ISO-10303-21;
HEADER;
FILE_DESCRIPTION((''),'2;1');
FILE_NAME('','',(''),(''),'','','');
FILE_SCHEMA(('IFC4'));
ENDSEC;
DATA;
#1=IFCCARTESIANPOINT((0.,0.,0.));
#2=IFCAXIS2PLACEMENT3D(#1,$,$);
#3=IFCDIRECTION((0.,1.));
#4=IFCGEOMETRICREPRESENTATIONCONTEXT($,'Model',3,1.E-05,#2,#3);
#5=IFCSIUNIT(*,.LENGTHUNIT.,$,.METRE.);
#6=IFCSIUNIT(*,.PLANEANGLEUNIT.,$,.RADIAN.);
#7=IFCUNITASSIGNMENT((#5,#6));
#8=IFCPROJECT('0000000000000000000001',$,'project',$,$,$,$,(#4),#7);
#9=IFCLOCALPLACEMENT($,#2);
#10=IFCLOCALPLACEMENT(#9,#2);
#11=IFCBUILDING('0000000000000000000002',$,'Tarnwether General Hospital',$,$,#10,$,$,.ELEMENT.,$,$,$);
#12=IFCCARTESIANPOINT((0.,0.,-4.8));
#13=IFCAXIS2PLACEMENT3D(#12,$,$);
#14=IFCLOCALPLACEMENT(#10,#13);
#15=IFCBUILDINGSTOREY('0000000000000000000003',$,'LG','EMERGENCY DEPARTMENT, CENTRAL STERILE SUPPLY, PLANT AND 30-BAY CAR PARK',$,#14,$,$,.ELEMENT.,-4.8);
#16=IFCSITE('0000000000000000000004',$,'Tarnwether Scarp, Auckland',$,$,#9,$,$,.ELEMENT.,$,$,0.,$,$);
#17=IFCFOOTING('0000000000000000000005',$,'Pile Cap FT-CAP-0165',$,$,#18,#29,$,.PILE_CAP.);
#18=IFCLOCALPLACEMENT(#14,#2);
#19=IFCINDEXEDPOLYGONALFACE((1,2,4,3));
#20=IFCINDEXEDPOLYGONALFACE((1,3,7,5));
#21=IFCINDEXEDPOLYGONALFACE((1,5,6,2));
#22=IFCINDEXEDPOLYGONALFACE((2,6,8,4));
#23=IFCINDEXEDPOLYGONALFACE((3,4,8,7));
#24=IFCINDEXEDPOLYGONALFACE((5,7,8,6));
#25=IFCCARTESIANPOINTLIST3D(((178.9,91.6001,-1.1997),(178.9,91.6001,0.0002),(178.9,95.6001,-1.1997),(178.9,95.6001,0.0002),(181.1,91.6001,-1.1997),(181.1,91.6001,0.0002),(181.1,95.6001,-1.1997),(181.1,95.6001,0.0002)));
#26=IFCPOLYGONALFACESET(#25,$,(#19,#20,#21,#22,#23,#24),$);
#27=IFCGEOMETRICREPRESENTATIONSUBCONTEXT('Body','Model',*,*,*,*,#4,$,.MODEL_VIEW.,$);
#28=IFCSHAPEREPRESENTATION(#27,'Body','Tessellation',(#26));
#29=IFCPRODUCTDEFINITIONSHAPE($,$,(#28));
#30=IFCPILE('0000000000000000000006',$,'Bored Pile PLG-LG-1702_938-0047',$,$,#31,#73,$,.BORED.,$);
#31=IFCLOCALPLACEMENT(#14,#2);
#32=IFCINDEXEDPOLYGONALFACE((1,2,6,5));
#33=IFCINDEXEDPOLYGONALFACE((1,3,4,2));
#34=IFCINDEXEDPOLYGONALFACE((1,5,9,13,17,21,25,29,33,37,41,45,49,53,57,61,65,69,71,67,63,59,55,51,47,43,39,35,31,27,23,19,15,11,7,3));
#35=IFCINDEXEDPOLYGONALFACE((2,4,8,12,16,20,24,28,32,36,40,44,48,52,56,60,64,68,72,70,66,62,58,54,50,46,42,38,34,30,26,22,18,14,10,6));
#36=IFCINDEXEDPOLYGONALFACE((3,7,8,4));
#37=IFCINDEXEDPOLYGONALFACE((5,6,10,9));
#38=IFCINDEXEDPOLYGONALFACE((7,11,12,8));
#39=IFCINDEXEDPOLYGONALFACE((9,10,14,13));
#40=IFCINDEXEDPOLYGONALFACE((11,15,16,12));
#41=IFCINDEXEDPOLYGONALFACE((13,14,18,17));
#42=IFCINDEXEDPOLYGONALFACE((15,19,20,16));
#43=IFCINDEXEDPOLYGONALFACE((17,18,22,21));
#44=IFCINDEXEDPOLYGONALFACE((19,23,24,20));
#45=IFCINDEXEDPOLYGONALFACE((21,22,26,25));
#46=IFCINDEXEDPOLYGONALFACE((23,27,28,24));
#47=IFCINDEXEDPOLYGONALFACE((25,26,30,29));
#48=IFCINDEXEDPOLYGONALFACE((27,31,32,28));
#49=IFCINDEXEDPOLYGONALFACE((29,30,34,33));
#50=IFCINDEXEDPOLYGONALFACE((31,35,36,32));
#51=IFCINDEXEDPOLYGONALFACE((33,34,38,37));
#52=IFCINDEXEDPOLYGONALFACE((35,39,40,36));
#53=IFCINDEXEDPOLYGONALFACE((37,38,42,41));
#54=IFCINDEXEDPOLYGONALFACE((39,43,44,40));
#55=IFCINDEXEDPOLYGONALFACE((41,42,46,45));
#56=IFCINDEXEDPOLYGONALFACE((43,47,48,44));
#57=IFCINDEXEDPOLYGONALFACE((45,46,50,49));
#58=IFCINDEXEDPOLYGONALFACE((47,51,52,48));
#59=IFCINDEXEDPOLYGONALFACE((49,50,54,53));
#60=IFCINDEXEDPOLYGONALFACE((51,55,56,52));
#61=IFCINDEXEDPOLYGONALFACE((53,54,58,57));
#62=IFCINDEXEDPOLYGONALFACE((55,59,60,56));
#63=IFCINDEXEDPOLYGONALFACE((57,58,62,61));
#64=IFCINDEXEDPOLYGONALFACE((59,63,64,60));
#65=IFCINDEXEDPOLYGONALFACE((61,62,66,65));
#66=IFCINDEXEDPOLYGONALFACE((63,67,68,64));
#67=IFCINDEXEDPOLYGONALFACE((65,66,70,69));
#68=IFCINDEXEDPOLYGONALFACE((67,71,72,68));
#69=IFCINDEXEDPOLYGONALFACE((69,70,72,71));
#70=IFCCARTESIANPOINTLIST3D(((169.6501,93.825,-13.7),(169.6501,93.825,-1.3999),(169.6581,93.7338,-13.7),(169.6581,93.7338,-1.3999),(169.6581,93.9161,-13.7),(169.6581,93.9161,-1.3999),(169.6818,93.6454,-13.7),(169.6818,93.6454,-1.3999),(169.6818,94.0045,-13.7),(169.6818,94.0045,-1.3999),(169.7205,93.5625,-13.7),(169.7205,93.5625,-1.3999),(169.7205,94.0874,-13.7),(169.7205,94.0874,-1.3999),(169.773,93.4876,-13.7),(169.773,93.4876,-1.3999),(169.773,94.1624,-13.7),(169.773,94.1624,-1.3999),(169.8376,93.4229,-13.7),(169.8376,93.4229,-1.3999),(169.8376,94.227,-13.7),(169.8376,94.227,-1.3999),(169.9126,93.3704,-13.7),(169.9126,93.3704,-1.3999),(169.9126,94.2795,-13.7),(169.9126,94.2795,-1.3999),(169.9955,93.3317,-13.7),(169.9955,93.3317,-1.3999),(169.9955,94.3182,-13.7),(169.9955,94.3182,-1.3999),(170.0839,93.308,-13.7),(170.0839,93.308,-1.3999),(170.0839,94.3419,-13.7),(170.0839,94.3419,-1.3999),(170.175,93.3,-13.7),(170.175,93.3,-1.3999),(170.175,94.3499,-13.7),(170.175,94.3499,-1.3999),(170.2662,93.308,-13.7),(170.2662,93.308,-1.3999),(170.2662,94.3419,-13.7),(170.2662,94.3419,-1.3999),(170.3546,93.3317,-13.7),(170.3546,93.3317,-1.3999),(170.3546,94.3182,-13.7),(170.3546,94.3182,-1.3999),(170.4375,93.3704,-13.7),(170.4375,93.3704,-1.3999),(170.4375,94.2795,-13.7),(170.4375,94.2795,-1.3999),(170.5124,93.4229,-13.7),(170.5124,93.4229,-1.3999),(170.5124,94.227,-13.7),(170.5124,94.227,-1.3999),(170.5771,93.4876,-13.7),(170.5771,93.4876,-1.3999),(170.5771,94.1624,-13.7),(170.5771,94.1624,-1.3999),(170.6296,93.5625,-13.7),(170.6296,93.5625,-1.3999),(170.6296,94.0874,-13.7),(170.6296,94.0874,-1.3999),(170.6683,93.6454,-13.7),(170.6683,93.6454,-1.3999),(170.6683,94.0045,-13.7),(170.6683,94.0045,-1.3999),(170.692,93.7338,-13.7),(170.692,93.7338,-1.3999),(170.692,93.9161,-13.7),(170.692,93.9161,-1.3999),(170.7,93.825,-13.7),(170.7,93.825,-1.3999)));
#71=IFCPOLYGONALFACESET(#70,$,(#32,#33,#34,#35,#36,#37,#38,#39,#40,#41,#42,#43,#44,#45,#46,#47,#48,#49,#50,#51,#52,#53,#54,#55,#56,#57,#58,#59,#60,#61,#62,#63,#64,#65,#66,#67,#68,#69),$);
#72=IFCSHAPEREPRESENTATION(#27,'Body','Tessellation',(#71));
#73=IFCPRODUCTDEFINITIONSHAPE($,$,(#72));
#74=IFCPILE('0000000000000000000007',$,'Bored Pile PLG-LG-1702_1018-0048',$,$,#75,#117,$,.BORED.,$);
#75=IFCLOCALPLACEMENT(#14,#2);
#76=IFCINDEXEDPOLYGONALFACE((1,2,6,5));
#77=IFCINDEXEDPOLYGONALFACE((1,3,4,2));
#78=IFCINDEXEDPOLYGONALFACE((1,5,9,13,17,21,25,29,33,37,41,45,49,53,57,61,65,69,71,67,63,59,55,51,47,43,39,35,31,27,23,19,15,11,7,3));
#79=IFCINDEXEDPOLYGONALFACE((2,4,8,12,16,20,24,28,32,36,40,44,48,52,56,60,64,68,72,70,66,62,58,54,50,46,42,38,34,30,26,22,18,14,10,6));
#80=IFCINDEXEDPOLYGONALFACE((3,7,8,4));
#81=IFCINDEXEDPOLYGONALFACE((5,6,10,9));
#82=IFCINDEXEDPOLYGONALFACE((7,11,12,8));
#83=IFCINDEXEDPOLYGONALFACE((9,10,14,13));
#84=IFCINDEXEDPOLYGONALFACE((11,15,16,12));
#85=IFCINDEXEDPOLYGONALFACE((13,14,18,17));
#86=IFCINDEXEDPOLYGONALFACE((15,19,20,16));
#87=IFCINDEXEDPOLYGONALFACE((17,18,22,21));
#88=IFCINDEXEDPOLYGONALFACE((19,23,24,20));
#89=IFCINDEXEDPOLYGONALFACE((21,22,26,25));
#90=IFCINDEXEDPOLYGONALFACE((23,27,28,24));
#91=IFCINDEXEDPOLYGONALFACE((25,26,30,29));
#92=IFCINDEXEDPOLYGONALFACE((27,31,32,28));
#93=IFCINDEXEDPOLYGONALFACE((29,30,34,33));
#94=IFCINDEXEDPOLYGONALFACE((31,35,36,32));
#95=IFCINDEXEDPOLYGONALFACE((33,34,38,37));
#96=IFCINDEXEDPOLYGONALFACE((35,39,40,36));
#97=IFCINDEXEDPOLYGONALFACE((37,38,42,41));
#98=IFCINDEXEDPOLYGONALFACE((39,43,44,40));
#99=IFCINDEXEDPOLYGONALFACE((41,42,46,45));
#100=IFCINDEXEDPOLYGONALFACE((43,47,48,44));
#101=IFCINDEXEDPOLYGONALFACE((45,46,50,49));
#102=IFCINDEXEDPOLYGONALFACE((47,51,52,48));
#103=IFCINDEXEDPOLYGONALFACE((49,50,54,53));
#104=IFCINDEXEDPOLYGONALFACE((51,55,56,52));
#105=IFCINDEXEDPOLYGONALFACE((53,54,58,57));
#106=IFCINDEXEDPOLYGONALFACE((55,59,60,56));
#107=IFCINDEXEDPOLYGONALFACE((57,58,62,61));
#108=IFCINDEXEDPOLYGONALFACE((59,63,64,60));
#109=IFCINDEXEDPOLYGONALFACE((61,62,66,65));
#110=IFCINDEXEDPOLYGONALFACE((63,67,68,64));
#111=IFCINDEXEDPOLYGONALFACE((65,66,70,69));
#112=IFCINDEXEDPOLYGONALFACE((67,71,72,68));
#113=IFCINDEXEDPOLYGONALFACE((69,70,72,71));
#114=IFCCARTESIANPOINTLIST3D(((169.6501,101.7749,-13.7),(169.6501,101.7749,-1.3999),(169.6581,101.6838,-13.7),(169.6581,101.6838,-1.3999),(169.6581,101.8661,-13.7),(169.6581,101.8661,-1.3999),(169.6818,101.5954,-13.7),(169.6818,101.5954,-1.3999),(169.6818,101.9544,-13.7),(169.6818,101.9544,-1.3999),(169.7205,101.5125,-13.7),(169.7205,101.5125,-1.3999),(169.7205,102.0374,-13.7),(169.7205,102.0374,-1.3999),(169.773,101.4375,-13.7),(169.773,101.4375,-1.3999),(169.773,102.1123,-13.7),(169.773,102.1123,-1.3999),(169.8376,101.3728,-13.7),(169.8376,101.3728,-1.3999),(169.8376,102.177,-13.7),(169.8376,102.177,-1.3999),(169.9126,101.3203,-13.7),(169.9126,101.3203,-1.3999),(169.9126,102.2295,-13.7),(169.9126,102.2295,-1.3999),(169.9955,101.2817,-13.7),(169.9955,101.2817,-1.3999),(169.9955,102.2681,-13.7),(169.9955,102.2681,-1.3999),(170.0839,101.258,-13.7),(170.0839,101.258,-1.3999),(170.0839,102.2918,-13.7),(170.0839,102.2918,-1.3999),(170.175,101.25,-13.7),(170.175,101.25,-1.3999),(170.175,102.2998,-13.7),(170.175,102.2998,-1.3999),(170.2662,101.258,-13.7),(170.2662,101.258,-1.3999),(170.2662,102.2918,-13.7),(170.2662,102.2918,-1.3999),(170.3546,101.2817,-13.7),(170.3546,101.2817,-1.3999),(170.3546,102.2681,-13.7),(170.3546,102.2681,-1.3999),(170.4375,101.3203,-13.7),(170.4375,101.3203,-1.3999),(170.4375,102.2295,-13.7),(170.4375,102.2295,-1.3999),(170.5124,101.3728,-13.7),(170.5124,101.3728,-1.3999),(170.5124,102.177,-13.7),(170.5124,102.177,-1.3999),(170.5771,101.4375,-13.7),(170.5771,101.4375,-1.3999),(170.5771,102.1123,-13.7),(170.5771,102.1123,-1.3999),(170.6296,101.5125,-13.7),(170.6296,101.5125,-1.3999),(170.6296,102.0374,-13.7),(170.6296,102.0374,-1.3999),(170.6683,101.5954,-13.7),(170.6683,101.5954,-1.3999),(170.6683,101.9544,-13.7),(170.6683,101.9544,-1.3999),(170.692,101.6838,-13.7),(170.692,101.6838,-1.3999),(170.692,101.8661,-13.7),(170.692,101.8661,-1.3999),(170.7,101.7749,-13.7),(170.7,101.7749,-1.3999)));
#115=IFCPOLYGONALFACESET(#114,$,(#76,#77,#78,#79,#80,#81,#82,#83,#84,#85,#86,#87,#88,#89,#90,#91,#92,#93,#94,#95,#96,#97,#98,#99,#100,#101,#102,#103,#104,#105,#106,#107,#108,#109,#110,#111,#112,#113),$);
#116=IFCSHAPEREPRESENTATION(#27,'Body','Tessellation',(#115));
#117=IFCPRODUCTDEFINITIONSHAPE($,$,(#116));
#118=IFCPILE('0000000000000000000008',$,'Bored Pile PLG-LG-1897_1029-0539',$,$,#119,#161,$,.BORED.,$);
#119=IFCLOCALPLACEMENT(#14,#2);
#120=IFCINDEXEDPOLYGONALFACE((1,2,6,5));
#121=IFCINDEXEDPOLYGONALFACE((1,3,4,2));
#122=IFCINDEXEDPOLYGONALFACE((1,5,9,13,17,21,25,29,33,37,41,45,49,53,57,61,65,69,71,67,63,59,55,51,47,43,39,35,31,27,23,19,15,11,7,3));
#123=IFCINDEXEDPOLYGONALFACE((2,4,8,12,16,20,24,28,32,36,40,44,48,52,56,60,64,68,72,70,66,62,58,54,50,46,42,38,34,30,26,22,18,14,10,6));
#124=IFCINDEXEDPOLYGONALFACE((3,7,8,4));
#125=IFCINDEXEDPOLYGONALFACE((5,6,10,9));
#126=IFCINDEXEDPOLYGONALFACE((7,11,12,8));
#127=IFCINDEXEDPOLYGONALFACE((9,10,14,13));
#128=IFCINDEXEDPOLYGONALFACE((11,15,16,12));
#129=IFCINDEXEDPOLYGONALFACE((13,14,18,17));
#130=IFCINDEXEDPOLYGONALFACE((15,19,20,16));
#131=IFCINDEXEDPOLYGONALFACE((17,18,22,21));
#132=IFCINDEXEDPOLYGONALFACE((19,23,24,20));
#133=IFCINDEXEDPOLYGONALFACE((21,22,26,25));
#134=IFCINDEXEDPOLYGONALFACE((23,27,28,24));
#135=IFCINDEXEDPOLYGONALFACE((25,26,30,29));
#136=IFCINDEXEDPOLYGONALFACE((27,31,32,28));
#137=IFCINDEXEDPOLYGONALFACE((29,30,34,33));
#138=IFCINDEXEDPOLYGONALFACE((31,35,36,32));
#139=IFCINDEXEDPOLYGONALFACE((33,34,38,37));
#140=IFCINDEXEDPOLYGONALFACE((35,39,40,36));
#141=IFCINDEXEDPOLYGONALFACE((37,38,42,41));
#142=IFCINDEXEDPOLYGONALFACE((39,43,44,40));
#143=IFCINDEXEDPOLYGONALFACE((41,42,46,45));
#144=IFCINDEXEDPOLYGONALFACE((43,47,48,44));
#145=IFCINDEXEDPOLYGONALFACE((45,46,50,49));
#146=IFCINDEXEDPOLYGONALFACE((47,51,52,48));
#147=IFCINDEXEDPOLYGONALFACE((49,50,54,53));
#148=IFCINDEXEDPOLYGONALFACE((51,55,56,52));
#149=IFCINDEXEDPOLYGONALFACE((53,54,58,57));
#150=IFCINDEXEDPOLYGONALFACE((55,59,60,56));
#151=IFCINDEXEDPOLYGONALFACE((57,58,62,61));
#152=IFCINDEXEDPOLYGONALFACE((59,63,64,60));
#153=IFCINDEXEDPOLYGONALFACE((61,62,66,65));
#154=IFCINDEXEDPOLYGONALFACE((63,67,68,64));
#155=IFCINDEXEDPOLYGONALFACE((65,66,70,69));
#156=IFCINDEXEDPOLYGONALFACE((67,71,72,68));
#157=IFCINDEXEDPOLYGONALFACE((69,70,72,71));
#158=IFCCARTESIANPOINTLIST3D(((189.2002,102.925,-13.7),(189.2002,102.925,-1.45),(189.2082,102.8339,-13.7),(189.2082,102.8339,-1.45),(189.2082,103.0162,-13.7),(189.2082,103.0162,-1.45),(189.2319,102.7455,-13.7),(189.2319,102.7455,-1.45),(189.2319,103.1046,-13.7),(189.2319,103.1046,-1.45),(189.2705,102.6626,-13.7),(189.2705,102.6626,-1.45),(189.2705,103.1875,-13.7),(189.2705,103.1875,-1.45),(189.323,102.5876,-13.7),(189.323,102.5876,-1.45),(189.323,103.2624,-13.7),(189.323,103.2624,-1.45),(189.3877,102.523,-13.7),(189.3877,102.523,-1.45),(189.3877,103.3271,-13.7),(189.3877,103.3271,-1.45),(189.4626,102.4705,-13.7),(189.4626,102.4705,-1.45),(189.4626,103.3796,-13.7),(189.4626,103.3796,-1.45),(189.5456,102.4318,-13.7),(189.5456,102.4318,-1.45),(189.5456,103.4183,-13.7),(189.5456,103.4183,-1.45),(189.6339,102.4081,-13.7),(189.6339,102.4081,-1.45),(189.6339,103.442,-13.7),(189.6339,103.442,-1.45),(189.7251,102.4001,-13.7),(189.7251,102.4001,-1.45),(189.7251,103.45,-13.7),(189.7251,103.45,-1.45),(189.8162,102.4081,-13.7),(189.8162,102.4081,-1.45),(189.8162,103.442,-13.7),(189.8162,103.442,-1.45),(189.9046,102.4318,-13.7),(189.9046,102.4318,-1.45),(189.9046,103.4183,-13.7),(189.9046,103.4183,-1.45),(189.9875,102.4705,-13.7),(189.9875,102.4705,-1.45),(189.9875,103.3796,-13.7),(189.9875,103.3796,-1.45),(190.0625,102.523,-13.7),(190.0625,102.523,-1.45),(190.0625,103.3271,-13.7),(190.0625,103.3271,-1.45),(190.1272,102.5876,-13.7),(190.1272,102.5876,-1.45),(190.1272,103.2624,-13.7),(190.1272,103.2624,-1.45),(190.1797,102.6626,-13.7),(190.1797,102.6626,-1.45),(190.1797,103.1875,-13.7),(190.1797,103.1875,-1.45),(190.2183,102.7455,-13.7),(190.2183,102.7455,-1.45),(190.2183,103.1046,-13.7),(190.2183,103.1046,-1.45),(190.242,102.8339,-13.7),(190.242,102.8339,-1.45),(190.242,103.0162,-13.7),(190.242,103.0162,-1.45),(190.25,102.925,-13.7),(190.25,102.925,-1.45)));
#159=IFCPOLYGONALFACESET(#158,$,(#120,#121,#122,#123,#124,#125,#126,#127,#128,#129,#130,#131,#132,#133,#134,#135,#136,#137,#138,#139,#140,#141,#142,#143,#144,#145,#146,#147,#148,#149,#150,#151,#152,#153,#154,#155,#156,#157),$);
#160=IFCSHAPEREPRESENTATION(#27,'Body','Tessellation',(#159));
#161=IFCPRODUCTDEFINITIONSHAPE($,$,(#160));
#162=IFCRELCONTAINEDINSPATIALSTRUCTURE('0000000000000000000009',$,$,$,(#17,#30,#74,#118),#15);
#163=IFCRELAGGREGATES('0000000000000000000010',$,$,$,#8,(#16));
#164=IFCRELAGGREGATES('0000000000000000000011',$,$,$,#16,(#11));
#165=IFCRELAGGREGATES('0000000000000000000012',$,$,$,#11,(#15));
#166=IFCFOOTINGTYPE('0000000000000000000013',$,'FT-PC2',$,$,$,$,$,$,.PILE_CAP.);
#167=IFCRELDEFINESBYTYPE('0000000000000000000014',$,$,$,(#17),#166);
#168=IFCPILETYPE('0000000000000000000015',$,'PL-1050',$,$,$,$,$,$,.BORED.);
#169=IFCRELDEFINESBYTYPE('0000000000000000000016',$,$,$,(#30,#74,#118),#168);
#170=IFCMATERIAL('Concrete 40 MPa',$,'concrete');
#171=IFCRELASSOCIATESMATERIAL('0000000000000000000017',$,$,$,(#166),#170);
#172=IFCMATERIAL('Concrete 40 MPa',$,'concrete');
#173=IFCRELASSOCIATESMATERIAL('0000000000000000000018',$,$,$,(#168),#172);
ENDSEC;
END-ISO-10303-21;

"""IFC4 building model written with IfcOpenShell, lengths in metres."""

from ifc_helpers import new_model, si_unit, direction, frame, origin, origin_2d, place, context, subcontext, project, spatial, rectangle, circle, extrude, material, material_profile, profile_set, type_object, element, save


model = new_model("IFC4")

# Units and contexts
model_context = context("Model", 3, precision=1e-05, world=origin(), true_north=direction((0.0, 1.0)))
body_context = subcontext(model_context, "Body", "Model", "MODEL_VIEW")
ifc_project = project(units=[si_unit("LENGTHUNIT", "METRE"), si_unit("PLANEANGLEUNIT", "RADIAN")], contexts=[model_context])

# Site, building, storey
site_placement = place(None, origin())
site = spatial("IfcSite", under=ifc_project, at=site_placement, Name="Tarnwether Scarp, Auckland", CompositionType="ELEMENT", RefElevation=0.0)
building_placement = place(site_placement, origin())
building = spatial("IfcBuilding", under=site, at=building_placement, Name="Tarnwether General Hospital", CompositionType="ELEMENT")
storey_placement = place(building_placement, frame((0.0, 0.0, -4.8)))
storey = spatial("IfcBuildingStorey", under=building, at=storey_placement, Name="LG", Description="EMERGENCY DEPARTMENT, CENTRAL STERILE SUPPLY, PLANT AND 30-BAY CAR PARK", CompositionType="ELEMENT", Elevation=-4.8)

# Footing
ifc_material_1 = material(Name="Concrete 40 MPa", Category="concrete")
footing_type = type_object("IfcFootingType", Name="FT-PC2", PredefinedType="PILE_CAP", material=ifc_material_1)
footing_placement = place(storey_placement, frame((180.0, 93.6001, -1.1997), z_axis=(0.0, 0.0, 1.0), x_axis=(0.0, 1.0, 0.0)))
element("IfcFooting", 1, at=footing_placement, inside=storey, type_object=footing_type, Name="Pile Cap FT-CAP-0165", PredefinedType="PILE_CAP", context=body_context, shape_type="SweptSolid", body=[
    extrude(rectangle(XDim=4.0, YDim=2.2, at=origin_2d()), origin(), (0.0, 0.0, 1.0), 1.2),
])

# Piles
ifc_material_2 = material(Name="Concrete 40 MPa", Category="concrete")
ifc_material_profile_1 = material_profile(ifc_material_2, circle(Radius=0.5249, at=origin_2d()), Name="PILE-D1050")
ifc_profile_set_1 = profile_set([ifc_material_profile_1], Name="Concrete 40 MPa")
pile_type_1 = type_object("IfcPileType", Name="PL-1050", PredefinedType="BORED", material=ifc_profile_set_1)
for number, where, z_axis, x_axis, name in (
    (2, (170.175, 93.825, -1.3999), (0.0, 0.0, -1.0), (1.0, 0.0, 0.0), "Bored Pile PLG-LG-1702_938-0047"),
    (3, (170.175, 101.7749, -1.3999), (0.0, 0.0, -1.0), (1.0, 0.0, 0.0), "Bored Pile PLG-LG-1702_1018-0048"),
):
    element("IfcPile", number, at=place(storey_placement, frame(where, z_axis=z_axis, x_axis=x_axis)), inside=storey, type_object=pile_type_1, Name=name, PredefinedType="BORED", context=body_context, shape_type="SweptSolid", body=[
        extrude(circle(Radius=0.5249, at=origin_2d()), origin(), (0.0, 0.0, 1.0), 12.3),
    ])
pile_1_placement = place(storey_placement, frame((189.7251, 102.925, -1.45), z_axis=(0.0, 0.0, -1.0), x_axis=(1.0, 0.0, 0.0)))
element("IfcPile", 4, at=pile_1_placement, inside=storey, type_object=pile_type_1, Name="Bored Pile PLG-LG-1897_1029-0539", PredefinedType="BORED", context=body_context, shape_type="SweptSolid", body=[
    extrude(circle(Radius=0.5249, at=origin_2d()), origin(), (0.0, 0.0, 1.0), 12.25),
])

save(model, "model.ifc")
